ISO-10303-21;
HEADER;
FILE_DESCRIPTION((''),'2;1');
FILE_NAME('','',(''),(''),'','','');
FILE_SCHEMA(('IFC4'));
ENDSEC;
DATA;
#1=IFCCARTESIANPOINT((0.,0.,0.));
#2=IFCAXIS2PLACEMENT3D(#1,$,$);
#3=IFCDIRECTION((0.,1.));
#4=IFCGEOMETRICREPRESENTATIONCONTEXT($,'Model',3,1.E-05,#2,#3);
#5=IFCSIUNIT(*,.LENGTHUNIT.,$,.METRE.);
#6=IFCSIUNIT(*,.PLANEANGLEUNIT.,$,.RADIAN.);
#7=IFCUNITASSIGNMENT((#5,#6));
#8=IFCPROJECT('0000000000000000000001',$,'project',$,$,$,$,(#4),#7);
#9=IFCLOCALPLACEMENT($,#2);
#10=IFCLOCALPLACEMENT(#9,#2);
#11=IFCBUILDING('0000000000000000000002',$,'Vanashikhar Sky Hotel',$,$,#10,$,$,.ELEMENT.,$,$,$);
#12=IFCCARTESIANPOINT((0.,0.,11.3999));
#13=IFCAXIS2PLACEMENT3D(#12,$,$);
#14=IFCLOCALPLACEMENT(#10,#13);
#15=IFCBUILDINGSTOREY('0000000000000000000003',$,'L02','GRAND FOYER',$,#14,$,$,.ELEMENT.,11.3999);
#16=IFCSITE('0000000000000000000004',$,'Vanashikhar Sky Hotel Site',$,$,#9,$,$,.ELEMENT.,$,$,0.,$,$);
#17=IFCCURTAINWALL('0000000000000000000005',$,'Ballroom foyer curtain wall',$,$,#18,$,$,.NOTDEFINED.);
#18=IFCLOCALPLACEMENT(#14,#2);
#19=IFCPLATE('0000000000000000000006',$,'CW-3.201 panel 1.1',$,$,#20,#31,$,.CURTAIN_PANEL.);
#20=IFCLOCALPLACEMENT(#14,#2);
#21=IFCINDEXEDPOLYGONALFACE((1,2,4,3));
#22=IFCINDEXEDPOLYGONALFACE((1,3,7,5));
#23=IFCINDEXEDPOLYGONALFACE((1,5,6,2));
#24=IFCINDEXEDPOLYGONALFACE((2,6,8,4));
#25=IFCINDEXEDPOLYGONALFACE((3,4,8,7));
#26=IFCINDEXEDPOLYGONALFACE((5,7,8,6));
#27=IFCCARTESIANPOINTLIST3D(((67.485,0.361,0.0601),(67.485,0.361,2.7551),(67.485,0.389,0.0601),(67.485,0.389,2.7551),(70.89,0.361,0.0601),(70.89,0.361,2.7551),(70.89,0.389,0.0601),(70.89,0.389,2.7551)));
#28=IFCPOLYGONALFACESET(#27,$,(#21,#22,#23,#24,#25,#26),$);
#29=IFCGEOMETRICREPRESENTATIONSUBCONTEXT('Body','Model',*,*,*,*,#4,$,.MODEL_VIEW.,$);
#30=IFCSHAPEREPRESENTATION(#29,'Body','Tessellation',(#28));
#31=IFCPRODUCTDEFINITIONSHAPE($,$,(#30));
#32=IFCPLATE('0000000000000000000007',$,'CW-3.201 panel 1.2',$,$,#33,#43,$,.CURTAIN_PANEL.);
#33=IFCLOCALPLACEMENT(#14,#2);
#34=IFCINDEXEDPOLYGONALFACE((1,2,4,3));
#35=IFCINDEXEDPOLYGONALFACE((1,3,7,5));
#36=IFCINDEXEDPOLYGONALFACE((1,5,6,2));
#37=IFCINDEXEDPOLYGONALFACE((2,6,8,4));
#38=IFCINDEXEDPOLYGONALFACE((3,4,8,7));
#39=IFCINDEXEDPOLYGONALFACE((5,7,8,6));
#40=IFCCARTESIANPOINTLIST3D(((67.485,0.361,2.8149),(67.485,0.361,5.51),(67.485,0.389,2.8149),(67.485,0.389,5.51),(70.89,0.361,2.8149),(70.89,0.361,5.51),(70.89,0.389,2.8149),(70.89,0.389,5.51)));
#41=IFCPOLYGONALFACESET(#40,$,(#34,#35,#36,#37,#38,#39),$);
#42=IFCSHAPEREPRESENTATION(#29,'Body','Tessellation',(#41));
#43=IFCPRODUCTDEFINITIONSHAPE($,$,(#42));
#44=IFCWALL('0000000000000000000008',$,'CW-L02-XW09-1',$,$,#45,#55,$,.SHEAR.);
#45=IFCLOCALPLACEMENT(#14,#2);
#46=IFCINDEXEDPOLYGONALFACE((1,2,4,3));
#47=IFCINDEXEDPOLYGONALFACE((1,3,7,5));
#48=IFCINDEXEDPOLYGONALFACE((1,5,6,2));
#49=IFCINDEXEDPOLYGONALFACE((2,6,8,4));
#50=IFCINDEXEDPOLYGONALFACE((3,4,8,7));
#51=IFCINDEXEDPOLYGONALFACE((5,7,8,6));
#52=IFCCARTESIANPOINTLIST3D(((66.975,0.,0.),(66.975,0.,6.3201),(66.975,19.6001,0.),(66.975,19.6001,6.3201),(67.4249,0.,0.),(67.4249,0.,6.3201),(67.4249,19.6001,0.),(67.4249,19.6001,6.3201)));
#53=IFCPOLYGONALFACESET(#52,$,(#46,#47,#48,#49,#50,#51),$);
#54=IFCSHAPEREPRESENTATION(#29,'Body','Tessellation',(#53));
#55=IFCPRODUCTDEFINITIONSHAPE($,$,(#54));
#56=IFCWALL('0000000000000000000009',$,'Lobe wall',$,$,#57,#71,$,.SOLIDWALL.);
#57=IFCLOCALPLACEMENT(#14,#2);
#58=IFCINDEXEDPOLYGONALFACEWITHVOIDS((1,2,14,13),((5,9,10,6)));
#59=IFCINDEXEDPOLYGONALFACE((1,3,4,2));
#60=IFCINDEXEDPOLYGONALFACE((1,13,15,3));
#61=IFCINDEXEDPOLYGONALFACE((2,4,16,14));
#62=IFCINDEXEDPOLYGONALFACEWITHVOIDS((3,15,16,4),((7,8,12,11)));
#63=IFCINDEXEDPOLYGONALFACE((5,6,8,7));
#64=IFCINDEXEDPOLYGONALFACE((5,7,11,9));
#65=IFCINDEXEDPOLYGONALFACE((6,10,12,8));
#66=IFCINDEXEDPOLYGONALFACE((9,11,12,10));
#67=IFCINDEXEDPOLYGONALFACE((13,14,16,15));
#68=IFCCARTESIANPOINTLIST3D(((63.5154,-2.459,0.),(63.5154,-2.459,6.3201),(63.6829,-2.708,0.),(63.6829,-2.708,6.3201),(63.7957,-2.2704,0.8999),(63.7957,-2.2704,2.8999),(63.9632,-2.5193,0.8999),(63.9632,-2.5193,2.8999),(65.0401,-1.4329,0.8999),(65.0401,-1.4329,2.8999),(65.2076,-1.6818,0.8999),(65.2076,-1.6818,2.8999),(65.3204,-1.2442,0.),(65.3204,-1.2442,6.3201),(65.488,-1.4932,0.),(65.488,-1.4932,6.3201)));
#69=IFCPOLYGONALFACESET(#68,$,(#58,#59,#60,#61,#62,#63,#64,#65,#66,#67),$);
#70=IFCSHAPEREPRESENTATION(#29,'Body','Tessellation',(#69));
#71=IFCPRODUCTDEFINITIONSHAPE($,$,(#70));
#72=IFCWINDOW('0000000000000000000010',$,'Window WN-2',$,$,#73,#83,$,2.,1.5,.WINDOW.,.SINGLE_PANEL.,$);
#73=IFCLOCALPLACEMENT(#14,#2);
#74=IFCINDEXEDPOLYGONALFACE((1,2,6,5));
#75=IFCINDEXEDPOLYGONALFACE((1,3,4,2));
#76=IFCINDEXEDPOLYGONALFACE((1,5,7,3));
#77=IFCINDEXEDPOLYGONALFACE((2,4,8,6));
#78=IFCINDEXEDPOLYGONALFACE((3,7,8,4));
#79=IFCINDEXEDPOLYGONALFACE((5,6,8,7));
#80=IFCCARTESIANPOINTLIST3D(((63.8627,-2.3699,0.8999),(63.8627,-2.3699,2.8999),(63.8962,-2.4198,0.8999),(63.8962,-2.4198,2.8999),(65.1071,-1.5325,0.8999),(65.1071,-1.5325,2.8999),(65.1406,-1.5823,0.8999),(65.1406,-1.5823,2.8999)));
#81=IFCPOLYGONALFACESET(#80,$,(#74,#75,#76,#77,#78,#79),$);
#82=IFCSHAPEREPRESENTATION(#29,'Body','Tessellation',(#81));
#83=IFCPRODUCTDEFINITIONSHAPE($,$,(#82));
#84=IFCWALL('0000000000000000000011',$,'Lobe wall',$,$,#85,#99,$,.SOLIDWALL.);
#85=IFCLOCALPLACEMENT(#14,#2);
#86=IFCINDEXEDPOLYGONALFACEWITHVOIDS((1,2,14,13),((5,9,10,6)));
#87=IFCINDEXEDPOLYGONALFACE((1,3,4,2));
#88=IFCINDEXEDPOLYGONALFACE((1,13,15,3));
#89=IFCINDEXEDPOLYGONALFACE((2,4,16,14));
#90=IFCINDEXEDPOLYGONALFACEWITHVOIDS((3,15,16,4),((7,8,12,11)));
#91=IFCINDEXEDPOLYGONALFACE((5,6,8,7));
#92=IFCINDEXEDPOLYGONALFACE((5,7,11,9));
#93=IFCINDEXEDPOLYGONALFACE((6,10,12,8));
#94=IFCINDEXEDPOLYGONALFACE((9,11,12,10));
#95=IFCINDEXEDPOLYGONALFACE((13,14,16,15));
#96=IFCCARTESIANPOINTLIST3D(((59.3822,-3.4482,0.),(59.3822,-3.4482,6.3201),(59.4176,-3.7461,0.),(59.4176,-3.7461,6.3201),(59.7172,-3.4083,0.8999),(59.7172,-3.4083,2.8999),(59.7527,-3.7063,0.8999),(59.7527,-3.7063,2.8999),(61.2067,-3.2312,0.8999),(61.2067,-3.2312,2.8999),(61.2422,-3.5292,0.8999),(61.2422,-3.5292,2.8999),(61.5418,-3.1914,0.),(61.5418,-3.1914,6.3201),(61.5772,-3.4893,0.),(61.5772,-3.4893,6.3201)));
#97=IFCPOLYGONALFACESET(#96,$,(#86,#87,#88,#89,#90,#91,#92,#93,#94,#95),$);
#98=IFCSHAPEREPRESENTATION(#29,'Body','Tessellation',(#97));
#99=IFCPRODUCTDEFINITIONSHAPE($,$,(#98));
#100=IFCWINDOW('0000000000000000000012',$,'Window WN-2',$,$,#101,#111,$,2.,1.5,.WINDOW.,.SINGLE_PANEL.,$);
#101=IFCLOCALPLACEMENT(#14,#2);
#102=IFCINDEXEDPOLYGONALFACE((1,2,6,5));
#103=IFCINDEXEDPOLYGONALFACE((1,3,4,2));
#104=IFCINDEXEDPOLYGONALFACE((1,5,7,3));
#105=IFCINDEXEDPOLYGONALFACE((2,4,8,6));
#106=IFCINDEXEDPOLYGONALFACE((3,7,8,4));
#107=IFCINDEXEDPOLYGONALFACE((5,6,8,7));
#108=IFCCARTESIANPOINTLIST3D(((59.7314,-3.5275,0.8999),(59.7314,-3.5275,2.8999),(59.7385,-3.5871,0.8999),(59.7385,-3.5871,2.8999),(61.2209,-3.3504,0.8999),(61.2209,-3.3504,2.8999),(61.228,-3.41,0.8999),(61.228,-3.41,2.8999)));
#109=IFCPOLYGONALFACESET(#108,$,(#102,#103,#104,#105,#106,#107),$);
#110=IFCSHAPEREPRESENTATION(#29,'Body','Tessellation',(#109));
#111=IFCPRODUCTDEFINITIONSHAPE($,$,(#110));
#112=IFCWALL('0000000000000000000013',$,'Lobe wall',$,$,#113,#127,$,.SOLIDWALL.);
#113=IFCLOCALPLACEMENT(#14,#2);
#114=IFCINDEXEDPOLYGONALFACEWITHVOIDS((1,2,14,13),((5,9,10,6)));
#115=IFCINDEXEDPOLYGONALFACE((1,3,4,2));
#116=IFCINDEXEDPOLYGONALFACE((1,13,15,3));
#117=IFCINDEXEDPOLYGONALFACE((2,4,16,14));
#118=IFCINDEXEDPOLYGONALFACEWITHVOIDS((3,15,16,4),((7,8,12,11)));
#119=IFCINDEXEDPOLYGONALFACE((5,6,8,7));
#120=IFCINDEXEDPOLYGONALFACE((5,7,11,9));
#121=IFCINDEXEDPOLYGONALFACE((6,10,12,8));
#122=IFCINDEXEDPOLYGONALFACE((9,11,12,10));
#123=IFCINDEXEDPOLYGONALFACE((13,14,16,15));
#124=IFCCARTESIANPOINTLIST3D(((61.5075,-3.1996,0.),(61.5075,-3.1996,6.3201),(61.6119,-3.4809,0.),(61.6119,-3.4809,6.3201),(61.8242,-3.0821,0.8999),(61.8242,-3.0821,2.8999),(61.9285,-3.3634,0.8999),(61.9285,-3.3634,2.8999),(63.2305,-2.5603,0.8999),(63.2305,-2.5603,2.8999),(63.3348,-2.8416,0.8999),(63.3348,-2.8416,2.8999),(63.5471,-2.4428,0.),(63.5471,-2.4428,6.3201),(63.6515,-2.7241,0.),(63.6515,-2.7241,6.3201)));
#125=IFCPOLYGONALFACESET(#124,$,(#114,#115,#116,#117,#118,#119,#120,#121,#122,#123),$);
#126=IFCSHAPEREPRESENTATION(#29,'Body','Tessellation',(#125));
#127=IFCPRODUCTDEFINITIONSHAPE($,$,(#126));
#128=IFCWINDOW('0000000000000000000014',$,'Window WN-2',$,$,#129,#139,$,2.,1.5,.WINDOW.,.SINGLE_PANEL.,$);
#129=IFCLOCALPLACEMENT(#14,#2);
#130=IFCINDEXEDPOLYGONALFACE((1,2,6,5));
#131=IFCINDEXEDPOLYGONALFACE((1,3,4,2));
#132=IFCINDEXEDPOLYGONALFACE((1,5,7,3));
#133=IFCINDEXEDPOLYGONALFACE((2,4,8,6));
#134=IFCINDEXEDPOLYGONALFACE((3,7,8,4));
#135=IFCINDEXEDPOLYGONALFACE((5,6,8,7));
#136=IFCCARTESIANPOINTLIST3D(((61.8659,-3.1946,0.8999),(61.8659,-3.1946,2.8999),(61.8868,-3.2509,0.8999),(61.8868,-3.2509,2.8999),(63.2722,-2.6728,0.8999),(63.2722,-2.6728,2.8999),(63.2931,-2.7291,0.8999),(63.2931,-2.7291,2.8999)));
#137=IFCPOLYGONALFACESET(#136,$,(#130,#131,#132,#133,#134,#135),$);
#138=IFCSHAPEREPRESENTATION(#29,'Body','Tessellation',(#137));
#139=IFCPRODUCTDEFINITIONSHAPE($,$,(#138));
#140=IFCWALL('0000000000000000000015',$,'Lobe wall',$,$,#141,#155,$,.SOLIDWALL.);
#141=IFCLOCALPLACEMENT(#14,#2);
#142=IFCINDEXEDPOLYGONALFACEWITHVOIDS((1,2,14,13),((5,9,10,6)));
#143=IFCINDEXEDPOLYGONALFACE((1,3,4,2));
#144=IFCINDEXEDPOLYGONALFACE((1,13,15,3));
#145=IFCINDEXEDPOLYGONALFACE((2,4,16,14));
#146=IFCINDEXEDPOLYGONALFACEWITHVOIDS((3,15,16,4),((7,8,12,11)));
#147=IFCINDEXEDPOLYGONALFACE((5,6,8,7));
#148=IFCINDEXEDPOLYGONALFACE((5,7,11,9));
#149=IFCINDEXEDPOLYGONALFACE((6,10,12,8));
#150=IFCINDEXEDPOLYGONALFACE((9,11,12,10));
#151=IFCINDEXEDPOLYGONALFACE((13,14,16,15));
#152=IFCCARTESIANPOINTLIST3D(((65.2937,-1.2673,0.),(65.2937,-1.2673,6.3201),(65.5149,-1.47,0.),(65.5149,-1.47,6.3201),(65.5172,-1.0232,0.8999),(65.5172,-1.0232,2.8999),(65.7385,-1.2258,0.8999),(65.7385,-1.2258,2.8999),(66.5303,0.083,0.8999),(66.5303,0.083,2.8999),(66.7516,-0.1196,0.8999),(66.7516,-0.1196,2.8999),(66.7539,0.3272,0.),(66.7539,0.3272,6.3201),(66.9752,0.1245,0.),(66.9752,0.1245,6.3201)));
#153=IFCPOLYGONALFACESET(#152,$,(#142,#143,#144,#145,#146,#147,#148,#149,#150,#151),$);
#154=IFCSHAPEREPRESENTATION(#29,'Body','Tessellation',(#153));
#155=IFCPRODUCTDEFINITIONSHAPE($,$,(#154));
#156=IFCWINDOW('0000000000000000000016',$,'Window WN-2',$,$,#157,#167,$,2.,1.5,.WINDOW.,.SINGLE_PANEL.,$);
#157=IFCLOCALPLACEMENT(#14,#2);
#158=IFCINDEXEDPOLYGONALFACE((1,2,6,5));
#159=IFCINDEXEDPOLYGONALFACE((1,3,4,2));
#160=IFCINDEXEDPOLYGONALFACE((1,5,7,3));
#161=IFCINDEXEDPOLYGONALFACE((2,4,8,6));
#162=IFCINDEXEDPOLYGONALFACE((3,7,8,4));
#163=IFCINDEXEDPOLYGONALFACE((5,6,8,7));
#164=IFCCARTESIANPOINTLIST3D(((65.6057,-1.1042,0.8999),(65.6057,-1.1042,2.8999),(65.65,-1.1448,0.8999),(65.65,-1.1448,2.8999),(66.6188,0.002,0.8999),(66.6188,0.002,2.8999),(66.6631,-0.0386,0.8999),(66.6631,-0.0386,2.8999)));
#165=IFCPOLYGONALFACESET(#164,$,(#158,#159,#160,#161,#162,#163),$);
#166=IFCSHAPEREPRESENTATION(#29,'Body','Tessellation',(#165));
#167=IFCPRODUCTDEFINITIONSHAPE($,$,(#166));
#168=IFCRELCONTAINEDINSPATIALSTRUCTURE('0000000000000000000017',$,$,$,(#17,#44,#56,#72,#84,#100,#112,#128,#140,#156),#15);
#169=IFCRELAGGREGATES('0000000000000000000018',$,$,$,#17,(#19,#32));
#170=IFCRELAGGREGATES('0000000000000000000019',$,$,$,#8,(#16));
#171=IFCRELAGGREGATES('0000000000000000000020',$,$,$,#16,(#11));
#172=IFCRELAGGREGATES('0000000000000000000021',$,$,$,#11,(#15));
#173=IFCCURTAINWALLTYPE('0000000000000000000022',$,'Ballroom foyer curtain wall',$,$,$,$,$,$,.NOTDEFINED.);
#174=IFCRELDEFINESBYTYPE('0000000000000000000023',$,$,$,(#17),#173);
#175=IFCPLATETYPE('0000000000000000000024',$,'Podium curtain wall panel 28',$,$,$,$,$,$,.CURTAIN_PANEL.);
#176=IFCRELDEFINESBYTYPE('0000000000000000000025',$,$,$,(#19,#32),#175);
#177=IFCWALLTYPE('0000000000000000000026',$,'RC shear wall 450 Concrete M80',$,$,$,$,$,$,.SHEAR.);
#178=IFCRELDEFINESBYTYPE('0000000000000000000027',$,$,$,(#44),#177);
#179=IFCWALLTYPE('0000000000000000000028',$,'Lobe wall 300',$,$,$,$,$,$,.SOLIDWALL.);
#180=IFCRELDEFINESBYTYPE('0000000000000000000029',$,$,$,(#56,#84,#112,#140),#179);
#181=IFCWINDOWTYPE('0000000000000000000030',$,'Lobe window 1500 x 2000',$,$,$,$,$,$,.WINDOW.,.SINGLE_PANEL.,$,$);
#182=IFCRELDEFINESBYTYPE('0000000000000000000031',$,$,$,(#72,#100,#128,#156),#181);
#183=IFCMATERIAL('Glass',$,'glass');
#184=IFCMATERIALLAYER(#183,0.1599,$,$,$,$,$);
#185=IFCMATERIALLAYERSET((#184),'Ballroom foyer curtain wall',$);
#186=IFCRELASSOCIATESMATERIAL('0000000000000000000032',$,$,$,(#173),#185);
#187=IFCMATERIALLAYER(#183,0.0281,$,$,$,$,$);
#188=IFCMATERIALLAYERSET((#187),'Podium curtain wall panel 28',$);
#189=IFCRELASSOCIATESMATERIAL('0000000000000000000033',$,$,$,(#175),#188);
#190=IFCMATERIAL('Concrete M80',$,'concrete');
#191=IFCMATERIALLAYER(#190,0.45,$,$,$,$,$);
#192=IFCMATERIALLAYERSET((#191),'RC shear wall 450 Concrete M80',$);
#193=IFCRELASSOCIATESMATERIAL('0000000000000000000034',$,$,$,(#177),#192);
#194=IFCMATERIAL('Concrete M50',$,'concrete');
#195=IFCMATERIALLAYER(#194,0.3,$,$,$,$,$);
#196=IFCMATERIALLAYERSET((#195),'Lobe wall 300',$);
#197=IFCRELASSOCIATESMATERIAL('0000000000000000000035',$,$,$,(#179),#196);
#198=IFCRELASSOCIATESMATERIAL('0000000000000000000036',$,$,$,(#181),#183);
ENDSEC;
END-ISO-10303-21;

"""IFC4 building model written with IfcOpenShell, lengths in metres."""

from ifc_helpers import new_model, si_unit, direction, frame, frame_2d, origin, origin_2d, place, context, subcontext, project, spatial, rectangle, extrude, source, transform, mapped, material, layer, layer_set, type_object, element, fill, aggregate, save


model = new_model("IFC4")

# Units and contexts
model_context = context("Model", 3, precision=1e-05, world=origin(), true_north=direction((0.0, 1.0)))
body_context = subcontext(model_context, "Body", "Model", "MODEL_VIEW")
ifc_project = project(units=[si_unit("LENGTHUNIT", "METRE"), si_unit("PLANEANGLEUNIT", "RADIAN")], contexts=[model_context])

# Site, building, storey
site_placement = place(None, origin())
site = spatial("IfcSite", under=ifc_project, at=site_placement, Name="Vanashikhar Sky Hotel Site", CompositionType="ELEMENT", RefElevation=0.0)
building_placement = place(site_placement, origin())
building = spatial("IfcBuilding", under=site, at=building_placement, Name="Vanashikhar Sky Hotel", CompositionType="ELEMENT")
storey_placement = place(building_placement, frame((0.0, 0.0, 11.3999)))
storey = spatial("IfcBuildingStorey", under=building, at=storey_placement, Name="L02", Description="GRAND FOYER", CompositionType="ELEMENT", Elevation=11.3999)

# Shared definitions
ifc_material_1 = material(Name="Concrete M50", Category="concrete")

# Curtain wall
ifc_material_2 = material(Name="Glass", Category="glass")
ifc_layer_1 = layer(ifc_material_2, 0.1599)
ifc_layer_set_1 = layer_set([ifc_layer_1], Name="Ballroom foyer curtain wall")
curtain_wall_type = type_object("IfcCurtainWallType", Name="Ballroom foyer curtain wall", PredefinedType="NOTDEFINED", material=ifc_layer_set_1)
curtain_wall_1_placement = place(storey_placement, origin())
curtain_wall_1 = element("IfcCurtainWall", 1, at=curtain_wall_1_placement, inside=storey, type_object=curtain_wall_type, Name="Ballroom foyer curtain wall", PredefinedType="NOTDEFINED")

# Plates
ifc_layer_2 = layer(ifc_material_2, 0.0281)
ifc_layer_set_2 = layer_set([ifc_layer_2], Name="Podium curtain wall panel 28")
plate_type = type_object("IfcPlateType", Name="Podium curtain wall panel 28", PredefinedType="CURTAIN_PANEL", material=ifc_layer_set_2)
shared_shape_1 = source(origin(), body_context, "Body", "SweptSolid", [
    extrude(rectangle(XDim=3.405, YDim=0.0281, at=origin_2d()), origin(), (0.0, 0.0, 1.0), 2.6951),
])
plate_1_placement = place(storey_placement, frame((69.1875, 0.375, 0.0601), z_axis=(0.0, 0.0, 1.0), x_axis=(1.0, 0.0, 0.0)))
plate_1 = element("IfcPlate", 2, at=plate_1_placement, type_object=plate_type, Name="CW-3.201 panel 1.1", PredefinedType="CURTAIN_PANEL", context=body_context, shape_type="MappedRepresentation", body=[
    mapped(shared_shape_1, transform((0.0, 0.0, 0.0), scale=1.0)),
])
plate_2_placement = place(storey_placement, frame((69.1875, 0.375, 2.8149), z_axis=(0.0, 0.0, 1.0), x_axis=(1.0, 0.0, 0.0)))
plate_2 = element("IfcPlate", 3, at=plate_2_placement, type_object=plate_type, Name="CW-3.201 panel 1.2", PredefinedType="CURTAIN_PANEL", context=body_context, shape_type="MappedRepresentation", body=[
    mapped(shared_shape_1, transform((0.0, 0.0, 0.0), scale=1.0)),
])
aggregate(curtain_wall_1, [plate_1, plate_2])

# Wall
ifc_material_3 = material(Name="Concrete M80", Category="concrete")
ifc_layer_3 = layer(ifc_material_3, 0.45)
ifc_layer_set_3 = layer_set([ifc_layer_3], Name="RC shear wall 450 Concrete M80")
wall_type_1 = type_object("IfcWallType", Name="RC shear wall 450 Concrete M80", PredefinedType="SHEAR", material=ifc_layer_set_3)
shared_shape_2 = source(origin(), body_context, "Body", "SweptSolid", [
    extrude(rectangle(XDim=19.6001, YDim=0.45, at=frame_2d((9.8, 0.0))), origin(), (0.0, 0.0, 1.0), 6.3201),
])
wall_1_placement = place(storey_placement, frame((67.2, 0.0, 0.0), z_axis=(0.0, 0.0, 1.0), x_axis=(0.0, 1.0, 0.0)))
element("IfcWall", 4, at=wall_1_placement, inside=storey, type_object=wall_type_1, Name="CW-L02-XW09-1", PredefinedType="SHEAR", context=body_context, shape_type="MappedRepresentation", body=[
    mapped(shared_shape_2, transform((0.0, 0.0, 0.0), scale=1.0)),
])

# Walls, openings, windows
ifc_layer_4 = layer(ifc_material_1, 0.3)
ifc_layer_set_4 = layer_set([ifc_layer_4], Name="Lobe wall 300")
wall_type_2 = type_object("IfcWallType", Name="Lobe wall 300", PredefinedType="SOLIDWALL", material=ifc_layer_set_4)
shared_shape_3 = source(origin(), body_context, "Body", "SweptSolid", [
    extrude(rectangle(XDim=2.1758, YDim=0.3, at=frame_2d((1.0879, 0.0))), origin(), (0.0, 0.0, 1.0), 6.3201),
])
wall_2_placement = place(storey_placement, frame((63.5991, -2.5835, 0.0), z_axis=(0.0, 0.0, 1.0), x_axis=(0.829626, 0.55832, 0.0)))
wall_2 = element("IfcWall", 5, at=wall_2_placement, inside=storey, type_object=wall_type_2, Name="Lobe wall", PredefinedType="SOLIDWALL", context=body_context, shape_type="MappedRepresentation", body=[
    mapped(shared_shape_3, transform((0.0, 0.0, 0.0), scale=1.0)),
])
shared_shape_4 = source(origin(), body_context, "Body", "SweptSolid", [
    extrude(rectangle(XDim=1.5, YDim=2.0, at=frame_2d((0.75, 1.0))), frame((0.0, 0.1602, 0.0), z_axis=(0.0, -1.0, 0.0), x_axis=(1.0, 0.0, 0.0)), (0.0, 0.0, 1.0), 0.3201),
])
opening_1_placement = place(wall_2_placement, frame((0.3379, 0.0, 0.8999)))
opening_1 = element("IfcOpeningElement", 6, at=opening_1_placement, cuts=wall_2, PredefinedType="OPENING", context=body_context, shape_type="MappedRepresentation", body=[
    mapped(shared_shape_4, transform((0.0, 0.0, 0.0), scale=1.0)),
])
window_type = type_object("IfcWindowType", Name="Lobe window 1500 x 2000", PartitioningType="SINGLE_PANEL", PredefinedType="WINDOW", material=ifc_material_2)
shared_shape_5 = source(origin(), body_context, "Body", "SweptSolid", [
    extrude(rectangle(XDim=1.5, YDim=2.0, at=frame_2d((0.75, 1.0))), frame((0.0, 0.03, 0.0), z_axis=(0.0, -1.0, 0.0), x_axis=(1.0, 0.0, 0.0)), (0.0, 0.0, 1.0), 0.0601),
])
window_1_placement = place(opening_1_placement, origin())
window_1 = element("IfcWindow", 7, at=window_1_placement, inside=storey, type_object=window_type, Name="Window WN-2", OverallHeight=2.0, OverallWidth=1.5, PartitioningType="SINGLE_PANEL", PredefinedType="WINDOW", context=body_context, shape_type="MappedRepresentation", body=[
    mapped(shared_shape_5, transform((0.0, 0.0, 0.0), scale=1.0)),
])
fill(opening_1, window_1)
shared_shape_6 = source(origin(), body_context, "Body", "SweptSolid", [
    extrude(rectangle(XDim=2.1748, YDim=0.3, at=frame_2d((1.0874, 0.0))), origin(), (0.0, 0.0, 1.0), 6.3201),
])
wall_3_placement = place(storey_placement, frame((59.3999, -3.5972, 0.0), z_axis=(0.0, 0.0, 1.0), x_axis=(0.993003, 0.118092, 0.0)))
wall_3 = element("IfcWall", 8, at=wall_3_placement, inside=storey, type_object=wall_type_2, Name="Lobe wall", PredefinedType="SOLIDWALL", context=body_context, shape_type="MappedRepresentation", body=[
    mapped(shared_shape_6, transform((0.0, 0.0, 0.0), scale=1.0)),
])
opening_2_placement = place(wall_3_placement, frame((0.3374, 0.0, 0.8999)))
opening_2 = element("IfcOpeningElement", 9, at=opening_2_placement, cuts=wall_3, PredefinedType="OPENING", context=body_context, shape_type="MappedRepresentation", body=[
    mapped(shared_shape_4, transform((0.0, 0.0, 0.0), scale=1.0)),
])
window_2_placement = place(opening_2_placement, origin())
window_2 = element("IfcWindow", 10, at=window_2_placement, inside=storey, type_object=window_type, Name="Window WN-2", OverallHeight=2.0, OverallWidth=1.5, PartitioningType="SINGLE_PANEL", PredefinedType="WINDOW", context=body_context, shape_type="MappedRepresentation", body=[
    mapped(shared_shape_5, transform((0.0, 0.0, 0.0), scale=1.0)),
])
fill(opening_2, window_2)
shared_shape_7 = source(origin(), body_context, "Body", "SweptSolid", [
    extrude(rectangle(XDim=2.1755, YDim=0.3, at=frame_2d((1.0879, 0.0))), origin(), (0.0, 0.0, 1.0), 6.3201),
])
wall_4_placement = place(storey_placement, frame((61.5596, -3.3403, 0.0), z_axis=(0.0, 0.0, 1.0), x_axis=(0.937532, 0.347899, 0.0)))
wall_4 = element("IfcWall", 11, at=wall_4_placement, inside=storey, type_object=wall_type_2, Name="Lobe wall", PredefinedType="SOLIDWALL", context=body_context, shape_type="MappedRepresentation", body=[
    mapped(shared_shape_7, transform((0.0, 0.0, 0.0), scale=1.0)),
])
opening_3_placement = place(wall_4_placement, frame((0.3379, 0.0, 0.8999)))
opening_3 = element("IfcOpeningElement", 12, at=opening_3_placement, cuts=wall_4, PredefinedType="OPENING", context=body_context, shape_type="MappedRepresentation", body=[
    mapped(shared_shape_4, transform((0.0, 0.0, 0.0), scale=1.0)),
])
window_3_placement = place(opening_3_placement, origin())
window_3 = element("IfcWindow", 13, at=window_3_placement, inside=storey, type_object=window_type, Name="Window WN-2", OverallHeight=2.0, OverallWidth=1.5, PartitioningType="SINGLE_PANEL", PredefinedType="WINDOW", context=body_context, shape_type="MappedRepresentation", body=[
    mapped(shared_shape_5, transform((0.0, 0.0, 0.0), scale=1.0)),
])
fill(opening_3, window_3)
shared_shape_8 = source(origin(), body_context, "Body", "SweptSolid", [
    extrude(rectangle(XDim=2.1621, YDim=0.3, at=frame_2d((1.0811, 0.0))), origin(), (0.0, 0.0, 1.0), 6.3201),
])
wall_5_placement = place(storey_placement, frame((65.4043, -1.3687, 0.0), z_axis=(0.0, 0.0, 1.0), x_axis=(0.675372, 0.737477, 0.0)))
wall_5 = element("IfcWall", 14, at=wall_5_placement, inside=storey, type_object=wall_type_2, Name="Lobe wall", PredefinedType="SOLIDWALL", context=body_context, shape_type="MappedRepresentation", body=[
    mapped(shared_shape_8, transform((0.0, 0.0, 0.0), scale=1.0)),
])
opening_4_placement = place(wall_5_placement, frame((0.3311, 0.0, 0.8999)))
opening_4 = element("IfcOpeningElement", 15, at=opening_4_placement, cuts=wall_5, PredefinedType="OPENING", context=body_context, shape_type="MappedRepresentation", body=[
    mapped(shared_shape_4, transform((0.0, 0.0, 0.0), scale=1.0)),
])
window_4_placement = place(opening_4_placement, origin())
window_4 = element("IfcWindow", 16, at=window_4_placement, inside=storey, type_object=window_type, Name="Window WN-2", OverallHeight=2.0, OverallWidth=1.5, PartitioningType="SINGLE_PANEL", PredefinedType="WINDOW", context=body_context, shape_type="MappedRepresentation", body=[
    mapped(shared_shape_5, transform((0.0, 0.0, 0.0), scale=1.0)),
])
fill(opening_4, window_4)

save(model, "model.ifc")
